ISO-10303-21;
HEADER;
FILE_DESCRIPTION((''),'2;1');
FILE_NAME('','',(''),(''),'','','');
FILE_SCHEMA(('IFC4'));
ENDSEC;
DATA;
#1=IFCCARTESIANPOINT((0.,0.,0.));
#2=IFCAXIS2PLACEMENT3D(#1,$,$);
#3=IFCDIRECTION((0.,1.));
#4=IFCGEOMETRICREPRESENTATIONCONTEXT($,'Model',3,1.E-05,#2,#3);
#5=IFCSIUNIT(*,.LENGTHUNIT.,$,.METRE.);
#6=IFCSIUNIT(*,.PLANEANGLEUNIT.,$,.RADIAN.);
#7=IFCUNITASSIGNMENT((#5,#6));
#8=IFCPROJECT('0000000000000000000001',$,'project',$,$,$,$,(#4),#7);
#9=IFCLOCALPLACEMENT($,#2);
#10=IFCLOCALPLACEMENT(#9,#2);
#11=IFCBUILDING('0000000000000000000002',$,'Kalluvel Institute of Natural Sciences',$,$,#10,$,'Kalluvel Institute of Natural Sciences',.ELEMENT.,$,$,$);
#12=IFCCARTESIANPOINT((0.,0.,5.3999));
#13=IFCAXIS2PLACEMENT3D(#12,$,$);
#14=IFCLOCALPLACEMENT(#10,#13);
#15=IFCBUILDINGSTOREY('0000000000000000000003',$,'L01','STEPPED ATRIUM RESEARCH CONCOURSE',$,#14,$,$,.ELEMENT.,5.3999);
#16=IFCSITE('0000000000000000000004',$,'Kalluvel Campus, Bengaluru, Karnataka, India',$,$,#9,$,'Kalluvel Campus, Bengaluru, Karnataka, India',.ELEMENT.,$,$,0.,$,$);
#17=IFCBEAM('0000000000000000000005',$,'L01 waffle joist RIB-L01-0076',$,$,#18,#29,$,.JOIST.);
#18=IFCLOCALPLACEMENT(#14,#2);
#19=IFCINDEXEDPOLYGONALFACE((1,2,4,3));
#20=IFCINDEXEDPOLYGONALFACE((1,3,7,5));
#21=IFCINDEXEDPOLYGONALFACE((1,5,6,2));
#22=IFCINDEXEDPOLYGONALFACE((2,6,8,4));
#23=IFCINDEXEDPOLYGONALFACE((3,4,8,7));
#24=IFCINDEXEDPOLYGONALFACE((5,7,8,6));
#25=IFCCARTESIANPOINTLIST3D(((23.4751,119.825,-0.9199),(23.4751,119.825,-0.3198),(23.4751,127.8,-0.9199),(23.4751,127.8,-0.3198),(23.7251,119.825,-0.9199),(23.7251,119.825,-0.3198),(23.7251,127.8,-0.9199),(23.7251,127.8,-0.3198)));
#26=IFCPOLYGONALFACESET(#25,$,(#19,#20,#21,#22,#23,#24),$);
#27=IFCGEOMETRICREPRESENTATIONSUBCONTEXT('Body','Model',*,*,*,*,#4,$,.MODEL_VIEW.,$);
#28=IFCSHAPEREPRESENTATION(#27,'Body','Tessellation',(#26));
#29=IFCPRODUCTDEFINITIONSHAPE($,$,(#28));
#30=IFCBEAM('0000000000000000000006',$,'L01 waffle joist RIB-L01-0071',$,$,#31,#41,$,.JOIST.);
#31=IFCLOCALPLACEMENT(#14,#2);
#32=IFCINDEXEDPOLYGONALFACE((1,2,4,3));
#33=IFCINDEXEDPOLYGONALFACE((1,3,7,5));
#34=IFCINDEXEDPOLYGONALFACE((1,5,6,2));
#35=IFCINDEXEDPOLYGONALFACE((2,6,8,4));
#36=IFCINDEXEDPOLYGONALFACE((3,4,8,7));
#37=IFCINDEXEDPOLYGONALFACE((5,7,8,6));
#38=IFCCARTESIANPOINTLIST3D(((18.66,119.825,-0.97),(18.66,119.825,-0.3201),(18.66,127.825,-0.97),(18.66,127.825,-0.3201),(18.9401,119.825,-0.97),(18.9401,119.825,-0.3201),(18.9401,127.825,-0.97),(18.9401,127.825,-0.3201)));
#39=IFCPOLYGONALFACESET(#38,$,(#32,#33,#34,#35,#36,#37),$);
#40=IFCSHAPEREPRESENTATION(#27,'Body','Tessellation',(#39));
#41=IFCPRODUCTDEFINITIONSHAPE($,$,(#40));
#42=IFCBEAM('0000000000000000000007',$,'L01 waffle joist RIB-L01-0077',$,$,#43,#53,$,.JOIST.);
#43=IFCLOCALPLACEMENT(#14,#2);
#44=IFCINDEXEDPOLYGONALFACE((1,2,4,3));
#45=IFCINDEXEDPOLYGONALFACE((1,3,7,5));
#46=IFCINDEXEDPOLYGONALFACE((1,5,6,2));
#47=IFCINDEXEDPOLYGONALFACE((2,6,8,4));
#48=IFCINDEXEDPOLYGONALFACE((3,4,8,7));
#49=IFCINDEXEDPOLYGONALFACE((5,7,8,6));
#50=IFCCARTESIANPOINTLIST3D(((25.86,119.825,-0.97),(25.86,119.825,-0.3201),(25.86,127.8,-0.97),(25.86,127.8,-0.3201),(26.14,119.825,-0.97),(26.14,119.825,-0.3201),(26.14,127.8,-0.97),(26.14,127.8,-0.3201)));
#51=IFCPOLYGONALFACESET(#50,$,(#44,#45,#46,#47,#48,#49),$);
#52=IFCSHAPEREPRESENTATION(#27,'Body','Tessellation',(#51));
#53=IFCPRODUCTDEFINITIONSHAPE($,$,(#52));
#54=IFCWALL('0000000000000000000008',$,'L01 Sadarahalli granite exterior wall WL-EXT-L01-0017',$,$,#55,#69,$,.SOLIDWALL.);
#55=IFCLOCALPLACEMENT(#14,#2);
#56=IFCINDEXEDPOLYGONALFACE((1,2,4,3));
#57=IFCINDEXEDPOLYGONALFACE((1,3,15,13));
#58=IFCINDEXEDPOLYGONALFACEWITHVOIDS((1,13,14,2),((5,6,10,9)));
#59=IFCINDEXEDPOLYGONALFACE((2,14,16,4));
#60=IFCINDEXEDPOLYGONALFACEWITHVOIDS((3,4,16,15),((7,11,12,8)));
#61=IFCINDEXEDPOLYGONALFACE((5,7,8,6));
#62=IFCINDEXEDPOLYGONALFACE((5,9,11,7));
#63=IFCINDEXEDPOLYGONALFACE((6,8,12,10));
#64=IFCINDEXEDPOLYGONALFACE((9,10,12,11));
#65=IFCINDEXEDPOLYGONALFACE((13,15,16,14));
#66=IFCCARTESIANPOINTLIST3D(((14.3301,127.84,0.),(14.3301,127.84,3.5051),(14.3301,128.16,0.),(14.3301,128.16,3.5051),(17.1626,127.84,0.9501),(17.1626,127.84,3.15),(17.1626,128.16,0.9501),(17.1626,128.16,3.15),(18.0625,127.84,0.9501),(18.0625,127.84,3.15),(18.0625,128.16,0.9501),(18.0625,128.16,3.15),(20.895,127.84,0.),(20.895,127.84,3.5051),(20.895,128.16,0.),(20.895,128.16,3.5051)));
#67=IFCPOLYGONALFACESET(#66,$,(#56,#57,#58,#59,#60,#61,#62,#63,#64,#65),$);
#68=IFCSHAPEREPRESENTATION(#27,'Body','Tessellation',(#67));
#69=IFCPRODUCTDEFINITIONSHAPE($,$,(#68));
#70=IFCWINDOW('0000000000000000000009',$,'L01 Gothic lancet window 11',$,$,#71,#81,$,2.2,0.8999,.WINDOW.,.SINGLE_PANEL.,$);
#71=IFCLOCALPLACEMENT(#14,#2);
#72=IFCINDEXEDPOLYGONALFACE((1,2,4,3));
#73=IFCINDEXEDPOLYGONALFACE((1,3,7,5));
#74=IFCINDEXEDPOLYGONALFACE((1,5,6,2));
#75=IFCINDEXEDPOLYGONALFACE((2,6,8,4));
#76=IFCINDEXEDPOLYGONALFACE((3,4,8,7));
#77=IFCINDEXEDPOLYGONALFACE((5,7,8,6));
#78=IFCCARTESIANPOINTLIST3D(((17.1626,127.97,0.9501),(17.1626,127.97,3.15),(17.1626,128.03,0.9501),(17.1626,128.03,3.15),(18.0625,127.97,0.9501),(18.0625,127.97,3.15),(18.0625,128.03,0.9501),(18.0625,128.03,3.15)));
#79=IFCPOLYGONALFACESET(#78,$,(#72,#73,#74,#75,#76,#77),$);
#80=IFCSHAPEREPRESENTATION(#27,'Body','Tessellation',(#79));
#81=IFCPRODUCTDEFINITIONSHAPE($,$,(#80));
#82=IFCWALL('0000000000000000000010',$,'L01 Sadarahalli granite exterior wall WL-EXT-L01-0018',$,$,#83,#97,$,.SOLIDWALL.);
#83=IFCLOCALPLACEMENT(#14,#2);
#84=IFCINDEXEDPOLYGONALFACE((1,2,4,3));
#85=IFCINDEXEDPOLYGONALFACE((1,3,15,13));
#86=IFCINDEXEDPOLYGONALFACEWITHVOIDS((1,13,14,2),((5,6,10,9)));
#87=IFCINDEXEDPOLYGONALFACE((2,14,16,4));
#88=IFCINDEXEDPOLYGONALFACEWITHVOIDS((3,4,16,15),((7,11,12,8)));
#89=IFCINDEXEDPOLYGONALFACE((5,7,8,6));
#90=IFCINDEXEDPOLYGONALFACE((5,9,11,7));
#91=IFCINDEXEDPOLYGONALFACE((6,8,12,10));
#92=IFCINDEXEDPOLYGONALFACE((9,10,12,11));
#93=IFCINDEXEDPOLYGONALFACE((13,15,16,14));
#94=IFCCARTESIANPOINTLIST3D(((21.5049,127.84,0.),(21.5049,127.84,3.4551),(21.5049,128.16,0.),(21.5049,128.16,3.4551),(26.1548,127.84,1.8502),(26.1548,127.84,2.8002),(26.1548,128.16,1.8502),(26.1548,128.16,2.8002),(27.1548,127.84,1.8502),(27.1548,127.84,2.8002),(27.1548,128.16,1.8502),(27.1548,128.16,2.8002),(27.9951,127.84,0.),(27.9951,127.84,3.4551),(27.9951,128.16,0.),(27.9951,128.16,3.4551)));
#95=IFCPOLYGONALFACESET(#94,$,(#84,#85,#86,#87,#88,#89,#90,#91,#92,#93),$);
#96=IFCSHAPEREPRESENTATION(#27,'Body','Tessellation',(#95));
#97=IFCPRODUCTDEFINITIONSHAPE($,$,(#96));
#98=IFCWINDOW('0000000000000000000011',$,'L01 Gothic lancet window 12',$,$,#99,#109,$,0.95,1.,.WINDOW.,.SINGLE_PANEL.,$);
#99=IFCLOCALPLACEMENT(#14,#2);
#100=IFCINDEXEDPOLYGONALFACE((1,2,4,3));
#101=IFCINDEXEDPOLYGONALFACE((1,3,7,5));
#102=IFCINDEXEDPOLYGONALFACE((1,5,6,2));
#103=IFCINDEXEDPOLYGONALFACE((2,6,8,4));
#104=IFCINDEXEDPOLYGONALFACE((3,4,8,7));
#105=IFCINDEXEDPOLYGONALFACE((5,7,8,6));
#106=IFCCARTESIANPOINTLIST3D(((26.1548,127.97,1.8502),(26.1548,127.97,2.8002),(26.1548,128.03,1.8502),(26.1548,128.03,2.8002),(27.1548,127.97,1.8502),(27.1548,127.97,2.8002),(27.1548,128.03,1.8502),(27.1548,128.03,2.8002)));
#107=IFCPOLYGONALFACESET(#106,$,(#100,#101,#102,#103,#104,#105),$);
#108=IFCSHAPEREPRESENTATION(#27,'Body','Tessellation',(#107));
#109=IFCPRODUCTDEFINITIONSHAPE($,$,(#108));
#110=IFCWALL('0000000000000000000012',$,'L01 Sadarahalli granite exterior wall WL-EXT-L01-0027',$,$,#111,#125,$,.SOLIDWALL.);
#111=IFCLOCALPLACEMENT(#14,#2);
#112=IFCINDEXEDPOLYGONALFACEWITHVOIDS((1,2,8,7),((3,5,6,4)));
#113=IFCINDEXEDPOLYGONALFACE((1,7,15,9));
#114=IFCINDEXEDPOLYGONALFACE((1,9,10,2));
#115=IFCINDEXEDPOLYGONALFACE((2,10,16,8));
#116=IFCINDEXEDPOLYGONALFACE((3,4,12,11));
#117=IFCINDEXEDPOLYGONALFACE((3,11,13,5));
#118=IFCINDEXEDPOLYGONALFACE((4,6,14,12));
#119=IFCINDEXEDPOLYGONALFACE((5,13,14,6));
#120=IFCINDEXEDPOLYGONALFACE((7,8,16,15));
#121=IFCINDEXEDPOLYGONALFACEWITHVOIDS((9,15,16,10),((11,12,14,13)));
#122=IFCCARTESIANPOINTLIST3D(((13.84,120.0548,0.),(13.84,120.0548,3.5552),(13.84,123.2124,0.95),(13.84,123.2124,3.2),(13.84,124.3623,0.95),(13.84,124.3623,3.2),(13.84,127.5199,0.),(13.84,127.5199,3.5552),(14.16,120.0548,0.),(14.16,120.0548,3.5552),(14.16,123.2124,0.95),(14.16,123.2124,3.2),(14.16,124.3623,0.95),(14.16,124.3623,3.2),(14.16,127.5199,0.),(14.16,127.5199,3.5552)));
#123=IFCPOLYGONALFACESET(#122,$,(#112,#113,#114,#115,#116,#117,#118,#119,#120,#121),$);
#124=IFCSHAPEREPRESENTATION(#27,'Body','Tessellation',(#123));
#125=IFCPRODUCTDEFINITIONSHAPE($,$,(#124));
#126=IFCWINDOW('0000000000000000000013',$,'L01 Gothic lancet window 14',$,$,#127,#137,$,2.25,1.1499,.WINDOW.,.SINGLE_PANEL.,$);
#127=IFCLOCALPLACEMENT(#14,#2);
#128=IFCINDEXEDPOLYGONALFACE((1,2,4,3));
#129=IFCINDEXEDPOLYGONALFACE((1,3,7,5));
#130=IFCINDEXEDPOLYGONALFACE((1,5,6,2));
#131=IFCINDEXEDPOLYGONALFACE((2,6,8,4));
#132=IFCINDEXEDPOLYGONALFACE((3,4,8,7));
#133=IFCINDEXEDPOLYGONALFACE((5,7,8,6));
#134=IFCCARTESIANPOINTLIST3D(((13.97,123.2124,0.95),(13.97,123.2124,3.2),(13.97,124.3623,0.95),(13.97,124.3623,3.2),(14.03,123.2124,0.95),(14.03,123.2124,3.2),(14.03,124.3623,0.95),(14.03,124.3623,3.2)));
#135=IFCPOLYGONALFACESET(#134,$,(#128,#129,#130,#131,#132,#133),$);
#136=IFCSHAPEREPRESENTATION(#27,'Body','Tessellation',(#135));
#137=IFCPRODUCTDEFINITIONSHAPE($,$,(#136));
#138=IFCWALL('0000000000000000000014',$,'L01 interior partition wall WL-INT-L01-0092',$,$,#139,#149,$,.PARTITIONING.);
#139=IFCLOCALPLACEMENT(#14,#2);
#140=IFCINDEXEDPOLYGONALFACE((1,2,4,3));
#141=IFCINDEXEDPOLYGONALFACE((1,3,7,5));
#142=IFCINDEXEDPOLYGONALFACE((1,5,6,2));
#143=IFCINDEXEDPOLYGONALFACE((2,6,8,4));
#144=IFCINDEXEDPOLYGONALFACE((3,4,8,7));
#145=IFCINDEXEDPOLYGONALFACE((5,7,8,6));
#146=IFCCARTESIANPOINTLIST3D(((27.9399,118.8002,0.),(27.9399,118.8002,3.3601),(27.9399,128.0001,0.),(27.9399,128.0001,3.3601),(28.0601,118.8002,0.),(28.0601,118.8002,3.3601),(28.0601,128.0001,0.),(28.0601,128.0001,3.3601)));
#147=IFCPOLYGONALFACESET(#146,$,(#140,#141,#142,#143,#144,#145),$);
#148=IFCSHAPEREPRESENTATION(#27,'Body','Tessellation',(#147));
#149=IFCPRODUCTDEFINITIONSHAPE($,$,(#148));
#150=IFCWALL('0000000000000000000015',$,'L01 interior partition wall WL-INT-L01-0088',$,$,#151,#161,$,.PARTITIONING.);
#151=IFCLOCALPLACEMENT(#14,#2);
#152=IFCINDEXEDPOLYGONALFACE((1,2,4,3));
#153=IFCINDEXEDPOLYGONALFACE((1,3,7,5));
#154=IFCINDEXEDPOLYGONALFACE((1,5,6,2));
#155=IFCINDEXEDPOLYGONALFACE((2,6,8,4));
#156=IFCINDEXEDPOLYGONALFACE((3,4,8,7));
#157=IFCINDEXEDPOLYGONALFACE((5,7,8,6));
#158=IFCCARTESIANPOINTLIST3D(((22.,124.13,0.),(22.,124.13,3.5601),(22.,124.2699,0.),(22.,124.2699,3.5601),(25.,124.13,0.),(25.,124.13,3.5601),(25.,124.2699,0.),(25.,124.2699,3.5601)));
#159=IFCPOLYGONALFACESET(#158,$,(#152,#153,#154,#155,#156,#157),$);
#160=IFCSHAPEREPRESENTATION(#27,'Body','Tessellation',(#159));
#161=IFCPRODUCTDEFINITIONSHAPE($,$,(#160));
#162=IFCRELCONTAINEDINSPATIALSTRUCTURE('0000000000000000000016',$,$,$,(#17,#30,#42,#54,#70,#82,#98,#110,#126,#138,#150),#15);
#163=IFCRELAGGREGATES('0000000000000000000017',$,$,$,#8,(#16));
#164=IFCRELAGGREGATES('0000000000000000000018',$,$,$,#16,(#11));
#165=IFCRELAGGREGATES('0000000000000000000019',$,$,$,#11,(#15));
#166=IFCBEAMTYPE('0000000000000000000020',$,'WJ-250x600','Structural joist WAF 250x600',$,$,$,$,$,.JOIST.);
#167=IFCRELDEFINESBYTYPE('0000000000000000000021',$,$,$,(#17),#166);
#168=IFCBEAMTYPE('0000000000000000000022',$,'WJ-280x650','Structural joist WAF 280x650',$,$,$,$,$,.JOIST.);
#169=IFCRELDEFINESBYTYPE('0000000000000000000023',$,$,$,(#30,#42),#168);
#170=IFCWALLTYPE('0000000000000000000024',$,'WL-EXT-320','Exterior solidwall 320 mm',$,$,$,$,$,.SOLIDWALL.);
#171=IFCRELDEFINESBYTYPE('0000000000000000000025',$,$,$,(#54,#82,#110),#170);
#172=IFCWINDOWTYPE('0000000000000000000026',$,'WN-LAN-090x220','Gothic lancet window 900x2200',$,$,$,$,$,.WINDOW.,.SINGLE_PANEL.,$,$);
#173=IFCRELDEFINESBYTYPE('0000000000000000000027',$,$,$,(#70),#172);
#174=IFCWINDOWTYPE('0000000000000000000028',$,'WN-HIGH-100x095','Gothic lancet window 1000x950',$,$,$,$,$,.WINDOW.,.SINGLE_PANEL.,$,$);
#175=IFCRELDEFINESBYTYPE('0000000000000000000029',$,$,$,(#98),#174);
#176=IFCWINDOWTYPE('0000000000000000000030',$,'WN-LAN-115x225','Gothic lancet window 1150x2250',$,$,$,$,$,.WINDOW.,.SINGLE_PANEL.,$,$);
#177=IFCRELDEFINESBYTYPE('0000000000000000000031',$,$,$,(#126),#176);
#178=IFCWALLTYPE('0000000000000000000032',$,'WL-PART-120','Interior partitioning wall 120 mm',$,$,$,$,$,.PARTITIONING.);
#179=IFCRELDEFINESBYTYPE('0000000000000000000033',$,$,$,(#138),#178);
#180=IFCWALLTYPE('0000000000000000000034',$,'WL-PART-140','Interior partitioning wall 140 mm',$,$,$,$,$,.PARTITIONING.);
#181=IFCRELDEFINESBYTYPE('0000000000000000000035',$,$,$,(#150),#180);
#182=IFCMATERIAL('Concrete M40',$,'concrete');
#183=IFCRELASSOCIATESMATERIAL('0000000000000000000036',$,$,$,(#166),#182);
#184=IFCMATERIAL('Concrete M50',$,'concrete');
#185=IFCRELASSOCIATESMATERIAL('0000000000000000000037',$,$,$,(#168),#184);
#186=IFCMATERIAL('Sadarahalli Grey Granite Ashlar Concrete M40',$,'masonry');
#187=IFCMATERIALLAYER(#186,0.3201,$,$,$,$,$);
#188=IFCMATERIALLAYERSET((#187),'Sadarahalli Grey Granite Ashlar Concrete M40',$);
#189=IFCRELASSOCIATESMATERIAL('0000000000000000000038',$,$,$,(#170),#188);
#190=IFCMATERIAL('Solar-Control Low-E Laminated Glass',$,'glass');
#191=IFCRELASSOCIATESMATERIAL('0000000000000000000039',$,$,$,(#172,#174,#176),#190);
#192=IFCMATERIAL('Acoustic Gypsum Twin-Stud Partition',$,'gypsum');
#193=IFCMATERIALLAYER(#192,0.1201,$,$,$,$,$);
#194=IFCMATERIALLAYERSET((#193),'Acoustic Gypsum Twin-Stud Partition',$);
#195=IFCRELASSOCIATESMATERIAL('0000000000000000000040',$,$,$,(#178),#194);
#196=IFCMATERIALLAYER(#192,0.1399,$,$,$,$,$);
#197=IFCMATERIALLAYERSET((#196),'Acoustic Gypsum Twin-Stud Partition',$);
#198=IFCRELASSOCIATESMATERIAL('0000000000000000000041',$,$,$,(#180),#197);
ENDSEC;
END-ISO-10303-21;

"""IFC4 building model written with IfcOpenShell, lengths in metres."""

from ifc_helpers import new_model, si_unit, direction, frame, frame_2d, origin, origin_2d, place, context, subcontext, project, spatial, rectangle, extrude, material, layer, layer_set, material_profile, profile_set, type_object, element, fill, save


model = new_model("IFC4")

# Units and contexts
model_context = context("Model", 3, precision=1e-05, world=origin(), true_north=direction((0.0, 1.0)))
body_context = subcontext(model_context, "Body", "Model", "MODEL_VIEW")
ifc_project = project(units=[si_unit("LENGTHUNIT", "METRE"), si_unit("PLANEANGLEUNIT", "RADIAN")], contexts=[model_context])

# Site, building, storey
site_placement = place(None, origin())
site = spatial("IfcSite", under=ifc_project, at=site_placement, Name="Kalluvel Campus, Bengaluru, Karnataka, India", LongName="Kalluvel Campus, Bengaluru, Karnataka, India", CompositionType="ELEMENT", RefElevation=0.0)
building_placement = place(site_placement, origin())
building = spatial("IfcBuilding", under=site, at=building_placement, Name="Kalluvel Institute of Natural Sciences", LongName="Kalluvel Institute of Natural Sciences", CompositionType="ELEMENT")
storey_placement = place(building_placement, frame((0.0, 0.0, 5.3999)))
storey = spatial("IfcBuildingStorey", under=building, at=storey_placement, Name="L01", Description="STEPPED ATRIUM RESEARCH CONCOURSE", CompositionType="ELEMENT", Elevation=5.3999)

# Shared definitions
ifc_material_1 = material(Name="Concrete M50", Category="concrete")

# Beams
ifc_material_2 = material(Name="Concrete M40", Category="concrete")
ifc_material_profile_1 = material_profile(ifc_material_2, rectangle(XDim=0.25, YDim=0.6001, at=origin_2d()), Name="WAF 250x600")
ifc_profile_set_1 = profile_set([ifc_material_profile_1], Name="Concrete M40")
beam_type_1 = type_object("IfcBeamType", Name="WJ-250x600", Description="Structural joist WAF 250x600", PredefinedType="JOIST", material=ifc_profile_set_1)
beam_1_placement = place(storey_placement, frame((23.6001, 119.825, -0.6199), z_axis=(0.0, 1.0, 0.0), x_axis=(-1.0, 0.0, 0.0)))
element("IfcBeam", 1, at=beam_1_placement, inside=storey, type_object=beam_type_1, Name="L01 waffle joist RIB-L01-0076", PredefinedType="JOIST", context=body_context, shape_type="SweptSolid", body=[
    extrude(rectangle(XDim=0.25, YDim=0.6001, at=origin_2d()), origin(), (0.0, 0.0, 1.0), 7.9751),
])
ifc_material_profile_2 = material_profile(ifc_material_1, rectangle(XDim=0.28, YDim=0.6499, at=origin_2d()), Name="WAF 280x650")
ifc_profile_set_2 = profile_set([ifc_material_profile_2], Name="Concrete M50")
beam_type_2 = type_object("IfcBeamType", Name="WJ-280x650", Description="Structural joist WAF 280x650", PredefinedType="JOIST", material=ifc_profile_set_2)
beam_2_placement = place(storey_placement, frame((18.8, 119.825, -0.645), z_axis=(0.0, 1.0, 0.0), x_axis=(-1.0, 0.0, 0.0)))
element("IfcBeam", 2, at=beam_2_placement, inside=storey, type_object=beam_type_2, Name="L01 waffle joist RIB-L01-0071", PredefinedType="JOIST", context=body_context, shape_type="SweptSolid", body=[
    extrude(rectangle(XDim=0.28, YDim=0.6499, at=origin_2d()), origin(), (0.0, 0.0, 1.0), 8.0),
])
beam_3_placement = place(storey_placement, frame((26.0, 119.825, -0.645), z_axis=(0.0, 1.0, 0.0), x_axis=(-1.0, 0.0, 0.0)))
element("IfcBeam", 3, at=beam_3_placement, inside=storey, type_object=beam_type_2, Name="L01 waffle joist RIB-L01-0077", PredefinedType="JOIST", context=body_context, shape_type="SweptSolid", body=[
    extrude(rectangle(XDim=0.28, YDim=0.6499, at=origin_2d()), origin(), (0.0, 0.0, 1.0), 7.9751),
])

# Walls, openings, windows
ifc_material_3 = material(Name="Sadarahalli Grey Granite Ashlar Concrete M40", Category="masonry")
ifc_layer_1 = layer(ifc_material_3, 0.3201)
ifc_layer_set_1 = layer_set([ifc_layer_1], Name="Sadarahalli Grey Granite Ashlar Concrete M40")
wall_type_1 = type_object("IfcWallType", Name="WL-EXT-320", Description="Exterior solidwall 320 mm", PredefinedType="SOLIDWALL", material=ifc_layer_set_1)
wall_1_placement = place(storey_placement, frame((14.3301, 128.0, 0.0), z_axis=(0.0, 0.0, 1.0), x_axis=(1.0, 0.0, 0.0)))
wall_1 = element("IfcWall", 4, at=wall_1_placement, inside=storey, type_object=wall_type_1, Name="L01 Sadarahalli granite exterior wall WL-EXT-L01-0017", PredefinedType="SOLIDWALL", context=body_context, shape_type="SweptSolid", body=[
    extrude(rectangle(XDim=6.5649, YDim=0.3201, at=frame_2d((3.2825, 0.0))), origin(), (0.0, 0.0, 1.0), 3.5051),
])
opening_1_placement = place(wall_1_placement, frame((2.8325, 0.0, 0.95)))
opening_1 = element("IfcOpeningElement", 5, at=opening_1_placement, cuts=wall_1, PredefinedType="OPENING", context=body_context, shape_type="SweptSolid", body=[
    extrude(rectangle(XDim=0.8999, YDim=2.2, at=frame_2d((0.45, 1.1001))), frame((0.0, 0.1699, 0.0), z_axis=(0.0, -1.0, 0.0), x_axis=(1.0, 0.0, 0.0)), (0.0, 0.0, 1.0), 0.3401),
])
ifc_material_4 = material(Name="Solar-Control Low-E Laminated Glass", Category="glass")
window_type_1 = type_object("IfcWindowType", Name="WN-LAN-090x220", Description="Gothic lancet window 900x2200", PartitioningType="SINGLE_PANEL", PredefinedType="WINDOW", material=ifc_material_4)
window_1_placement = place(opening_1_placement, origin())
window_1 = element("IfcWindow", 6, at=window_1_placement, inside=storey, type_object=window_type_1, Name="L01 Gothic lancet window 11", OverallHeight=2.2, OverallWidth=0.8999, PartitioningType="SINGLE_PANEL", PredefinedType="WINDOW", context=body_context, shape_type="SweptSolid", body=[
    extrude(rectangle(XDim=0.8999, YDim=2.2, at=frame_2d((0.45, 1.1001))), frame((0.0, 0.03, 0.0), z_axis=(0.0, -1.0, 0.0), x_axis=(1.0, 0.0, 0.0)), (0.0, 0.0, 1.0), 0.0601),
])
fill(opening_1, window_1)
wall_2_placement = place(storey_placement, frame((21.5049, 128.0, 0.0), z_axis=(0.0, 0.0, 1.0), x_axis=(1.0, 0.0, 0.0)))
wall_2 = element("IfcWall", 7, at=wall_2_placement, inside=storey, type_object=wall_type_1, Name="L01 Sadarahalli granite exterior wall WL-EXT-L01-0018", PredefinedType="SOLIDWALL", context=body_context, shape_type="SweptSolid", body=[
    extrude(rectangle(XDim=6.4902, YDim=0.3201, at=frame_2d((3.2451, 0.0))), origin(), (0.0, 0.0, 1.0), 3.4551),
])
opening_2_placement = place(wall_2_placement, frame((4.6499, 0.0, 1.8501)))
opening_2 = element("IfcOpeningElement", 8, at=opening_2_placement, cuts=wall_2, PredefinedType="OPENING", context=body_context, shape_type="SweptSolid", body=[
    extrude(rectangle(XDim=1.0, YDim=0.95, at=frame_2d((0.5, 0.4751))), frame((0.0, 0.1699, 0.0), z_axis=(0.0, -1.0, 0.0), x_axis=(1.0, 0.0, 0.0)), (0.0, 0.0, 1.0), 0.3401),
])
window_type_2 = type_object("IfcWindowType", Name="WN-HIGH-100x095", Description="Gothic lancet window 1000x950", PartitioningType="SINGLE_PANEL", PredefinedType="WINDOW", material=ifc_material_4)
window_2_placement = place(opening_2_placement, origin())
window_2 = element("IfcWindow", 9, at=window_2_placement, inside=storey, type_object=window_type_2, Name="L01 Gothic lancet window 12", OverallHeight=0.95, OverallWidth=1.0, PartitioningType="SINGLE_PANEL", PredefinedType="WINDOW", context=body_context, shape_type="SweptSolid", body=[
    extrude(rectangle(XDim=1.0, YDim=0.95, at=frame_2d((0.5, 0.4751))), frame((0.0, 0.03, 0.0), z_axis=(0.0, -1.0, 0.0), x_axis=(1.0, 0.0, 0.0)), (0.0, 0.0, 1.0), 0.0601),
])
fill(opening_2, window_2)
wall_3_placement = place(storey_placement, frame((14.0, 120.0549, 0.0), z_axis=(0.0, 0.0, 1.0), x_axis=(0.0, 1.0, 0.0)))
wall_3 = element("IfcWall", 10, at=wall_3_placement, inside=storey, type_object=wall_type_1, Name="L01 Sadarahalli granite exterior wall WL-EXT-L01-0027", PredefinedType="SOLIDWALL", context=body_context, shape_type="SweptSolid", body=[
    extrude(rectangle(XDim=7.4651, YDim=0.3201, at=frame_2d((3.7324, 0.0))), origin(), (0.0, 0.0, 1.0), 3.5552),
])
opening_3_placement = place(wall_3_placement, frame((3.1575, 0.0, 0.95)))
opening_3 = element("IfcOpeningElement", 11, at=opening_3_placement, cuts=wall_3, PredefinedType="OPENING", context=body_context, shape_type="SweptSolid", body=[
    extrude(rectangle(XDim=1.1499, YDim=2.25, at=frame_2d((0.575, 1.125))), frame((0.0, 0.1699, 0.0), z_axis=(0.0, -1.0, 0.0), x_axis=(1.0, 0.0, 0.0)), (0.0, 0.0, 1.0), 0.3401),
])
window_type_3 = type_object("IfcWindowType", Name="WN-LAN-115x225", Description="Gothic lancet window 1150x2250", PartitioningType="SINGLE_PANEL", PredefinedType="WINDOW", material=ifc_material_4)
window_3_placement = place(opening_3_placement, origin())
window_3 = element("IfcWindow", 12, at=window_3_placement, inside=storey, type_object=window_type_3, Name="L01 Gothic lancet window 14", OverallHeight=2.25, OverallWidth=1.1499, PartitioningType="SINGLE_PANEL", PredefinedType="WINDOW", context=body_context, shape_type="SweptSolid", body=[
    extrude(rectangle(XDim=1.1499, YDim=2.25, at=frame_2d((0.575, 1.125))), frame((0.0, 0.03, 0.0), z_axis=(0.0, -1.0, 0.0), x_axis=(1.0, 0.0, 0.0)), (0.0, 0.0, 1.0), 0.0601),
])
fill(opening_3, window_3)

# Walls
ifc_material_5 = material(Name="Acoustic Gypsum Twin-Stud Partition", Category="gypsum")
ifc_layer_2 = layer(ifc_material_5, 0.1201)
ifc_layer_set_2 = layer_set([ifc_layer_2], Name="Acoustic Gypsum Twin-Stud Partition")
wall_type_2 = type_object("IfcWallType", Name="WL-PART-120", Description="Interior partitioning wall 120 mm", PredefinedType="PARTITIONING", material=ifc_layer_set_2)
wall_4_placement = place(storey_placement, frame((28.0, 118.8, 0.0), z_axis=(0.0, 0.0, 1.0), x_axis=(0.0, 1.0, 0.0)))
element("IfcWall", 13, at=wall_4_placement, inside=storey, type_object=wall_type_2, Name="L01 interior partition wall WL-INT-L01-0092", PredefinedType="PARTITIONING", context=body_context, shape_type="SweptSolid", body=[
    extrude(rectangle(XDim=9.2, YDim=0.1201, at=frame_2d((4.6001, 0.0))), origin(), (0.0, 0.0, 1.0), 3.3601),
])
ifc_layer_3 = layer(ifc_material_5, 0.1399)
ifc_layer_set_3 = layer_set([ifc_layer_3], Name="Acoustic Gypsum Twin-Stud Partition")
wall_type_3 = type_object("IfcWallType", Name="WL-PART-140", Description="Interior partitioning wall 140 mm", PredefinedType="PARTITIONING", material=ifc_layer_set_3)
wall_5_placement = place(storey_placement, frame((22.0, 124.2, 0.0), z_axis=(0.0, 0.0, 1.0), x_axis=(1.0, 0.0, 0.0)))
element("IfcWall", 14, at=wall_5_placement, inside=storey, type_object=wall_type_3, Name="L01 interior partition wall WL-INT-L01-0088", PredefinedType="PARTITIONING", context=body_context, shape_type="SweptSolid", body=[
    extrude(rectangle(XDim=3.0, YDim=0.1399, at=frame_2d((1.5, 0.0))), origin(), (0.0, 0.0, 1.0), 3.5601),
])

save(model, "model.ifc")
